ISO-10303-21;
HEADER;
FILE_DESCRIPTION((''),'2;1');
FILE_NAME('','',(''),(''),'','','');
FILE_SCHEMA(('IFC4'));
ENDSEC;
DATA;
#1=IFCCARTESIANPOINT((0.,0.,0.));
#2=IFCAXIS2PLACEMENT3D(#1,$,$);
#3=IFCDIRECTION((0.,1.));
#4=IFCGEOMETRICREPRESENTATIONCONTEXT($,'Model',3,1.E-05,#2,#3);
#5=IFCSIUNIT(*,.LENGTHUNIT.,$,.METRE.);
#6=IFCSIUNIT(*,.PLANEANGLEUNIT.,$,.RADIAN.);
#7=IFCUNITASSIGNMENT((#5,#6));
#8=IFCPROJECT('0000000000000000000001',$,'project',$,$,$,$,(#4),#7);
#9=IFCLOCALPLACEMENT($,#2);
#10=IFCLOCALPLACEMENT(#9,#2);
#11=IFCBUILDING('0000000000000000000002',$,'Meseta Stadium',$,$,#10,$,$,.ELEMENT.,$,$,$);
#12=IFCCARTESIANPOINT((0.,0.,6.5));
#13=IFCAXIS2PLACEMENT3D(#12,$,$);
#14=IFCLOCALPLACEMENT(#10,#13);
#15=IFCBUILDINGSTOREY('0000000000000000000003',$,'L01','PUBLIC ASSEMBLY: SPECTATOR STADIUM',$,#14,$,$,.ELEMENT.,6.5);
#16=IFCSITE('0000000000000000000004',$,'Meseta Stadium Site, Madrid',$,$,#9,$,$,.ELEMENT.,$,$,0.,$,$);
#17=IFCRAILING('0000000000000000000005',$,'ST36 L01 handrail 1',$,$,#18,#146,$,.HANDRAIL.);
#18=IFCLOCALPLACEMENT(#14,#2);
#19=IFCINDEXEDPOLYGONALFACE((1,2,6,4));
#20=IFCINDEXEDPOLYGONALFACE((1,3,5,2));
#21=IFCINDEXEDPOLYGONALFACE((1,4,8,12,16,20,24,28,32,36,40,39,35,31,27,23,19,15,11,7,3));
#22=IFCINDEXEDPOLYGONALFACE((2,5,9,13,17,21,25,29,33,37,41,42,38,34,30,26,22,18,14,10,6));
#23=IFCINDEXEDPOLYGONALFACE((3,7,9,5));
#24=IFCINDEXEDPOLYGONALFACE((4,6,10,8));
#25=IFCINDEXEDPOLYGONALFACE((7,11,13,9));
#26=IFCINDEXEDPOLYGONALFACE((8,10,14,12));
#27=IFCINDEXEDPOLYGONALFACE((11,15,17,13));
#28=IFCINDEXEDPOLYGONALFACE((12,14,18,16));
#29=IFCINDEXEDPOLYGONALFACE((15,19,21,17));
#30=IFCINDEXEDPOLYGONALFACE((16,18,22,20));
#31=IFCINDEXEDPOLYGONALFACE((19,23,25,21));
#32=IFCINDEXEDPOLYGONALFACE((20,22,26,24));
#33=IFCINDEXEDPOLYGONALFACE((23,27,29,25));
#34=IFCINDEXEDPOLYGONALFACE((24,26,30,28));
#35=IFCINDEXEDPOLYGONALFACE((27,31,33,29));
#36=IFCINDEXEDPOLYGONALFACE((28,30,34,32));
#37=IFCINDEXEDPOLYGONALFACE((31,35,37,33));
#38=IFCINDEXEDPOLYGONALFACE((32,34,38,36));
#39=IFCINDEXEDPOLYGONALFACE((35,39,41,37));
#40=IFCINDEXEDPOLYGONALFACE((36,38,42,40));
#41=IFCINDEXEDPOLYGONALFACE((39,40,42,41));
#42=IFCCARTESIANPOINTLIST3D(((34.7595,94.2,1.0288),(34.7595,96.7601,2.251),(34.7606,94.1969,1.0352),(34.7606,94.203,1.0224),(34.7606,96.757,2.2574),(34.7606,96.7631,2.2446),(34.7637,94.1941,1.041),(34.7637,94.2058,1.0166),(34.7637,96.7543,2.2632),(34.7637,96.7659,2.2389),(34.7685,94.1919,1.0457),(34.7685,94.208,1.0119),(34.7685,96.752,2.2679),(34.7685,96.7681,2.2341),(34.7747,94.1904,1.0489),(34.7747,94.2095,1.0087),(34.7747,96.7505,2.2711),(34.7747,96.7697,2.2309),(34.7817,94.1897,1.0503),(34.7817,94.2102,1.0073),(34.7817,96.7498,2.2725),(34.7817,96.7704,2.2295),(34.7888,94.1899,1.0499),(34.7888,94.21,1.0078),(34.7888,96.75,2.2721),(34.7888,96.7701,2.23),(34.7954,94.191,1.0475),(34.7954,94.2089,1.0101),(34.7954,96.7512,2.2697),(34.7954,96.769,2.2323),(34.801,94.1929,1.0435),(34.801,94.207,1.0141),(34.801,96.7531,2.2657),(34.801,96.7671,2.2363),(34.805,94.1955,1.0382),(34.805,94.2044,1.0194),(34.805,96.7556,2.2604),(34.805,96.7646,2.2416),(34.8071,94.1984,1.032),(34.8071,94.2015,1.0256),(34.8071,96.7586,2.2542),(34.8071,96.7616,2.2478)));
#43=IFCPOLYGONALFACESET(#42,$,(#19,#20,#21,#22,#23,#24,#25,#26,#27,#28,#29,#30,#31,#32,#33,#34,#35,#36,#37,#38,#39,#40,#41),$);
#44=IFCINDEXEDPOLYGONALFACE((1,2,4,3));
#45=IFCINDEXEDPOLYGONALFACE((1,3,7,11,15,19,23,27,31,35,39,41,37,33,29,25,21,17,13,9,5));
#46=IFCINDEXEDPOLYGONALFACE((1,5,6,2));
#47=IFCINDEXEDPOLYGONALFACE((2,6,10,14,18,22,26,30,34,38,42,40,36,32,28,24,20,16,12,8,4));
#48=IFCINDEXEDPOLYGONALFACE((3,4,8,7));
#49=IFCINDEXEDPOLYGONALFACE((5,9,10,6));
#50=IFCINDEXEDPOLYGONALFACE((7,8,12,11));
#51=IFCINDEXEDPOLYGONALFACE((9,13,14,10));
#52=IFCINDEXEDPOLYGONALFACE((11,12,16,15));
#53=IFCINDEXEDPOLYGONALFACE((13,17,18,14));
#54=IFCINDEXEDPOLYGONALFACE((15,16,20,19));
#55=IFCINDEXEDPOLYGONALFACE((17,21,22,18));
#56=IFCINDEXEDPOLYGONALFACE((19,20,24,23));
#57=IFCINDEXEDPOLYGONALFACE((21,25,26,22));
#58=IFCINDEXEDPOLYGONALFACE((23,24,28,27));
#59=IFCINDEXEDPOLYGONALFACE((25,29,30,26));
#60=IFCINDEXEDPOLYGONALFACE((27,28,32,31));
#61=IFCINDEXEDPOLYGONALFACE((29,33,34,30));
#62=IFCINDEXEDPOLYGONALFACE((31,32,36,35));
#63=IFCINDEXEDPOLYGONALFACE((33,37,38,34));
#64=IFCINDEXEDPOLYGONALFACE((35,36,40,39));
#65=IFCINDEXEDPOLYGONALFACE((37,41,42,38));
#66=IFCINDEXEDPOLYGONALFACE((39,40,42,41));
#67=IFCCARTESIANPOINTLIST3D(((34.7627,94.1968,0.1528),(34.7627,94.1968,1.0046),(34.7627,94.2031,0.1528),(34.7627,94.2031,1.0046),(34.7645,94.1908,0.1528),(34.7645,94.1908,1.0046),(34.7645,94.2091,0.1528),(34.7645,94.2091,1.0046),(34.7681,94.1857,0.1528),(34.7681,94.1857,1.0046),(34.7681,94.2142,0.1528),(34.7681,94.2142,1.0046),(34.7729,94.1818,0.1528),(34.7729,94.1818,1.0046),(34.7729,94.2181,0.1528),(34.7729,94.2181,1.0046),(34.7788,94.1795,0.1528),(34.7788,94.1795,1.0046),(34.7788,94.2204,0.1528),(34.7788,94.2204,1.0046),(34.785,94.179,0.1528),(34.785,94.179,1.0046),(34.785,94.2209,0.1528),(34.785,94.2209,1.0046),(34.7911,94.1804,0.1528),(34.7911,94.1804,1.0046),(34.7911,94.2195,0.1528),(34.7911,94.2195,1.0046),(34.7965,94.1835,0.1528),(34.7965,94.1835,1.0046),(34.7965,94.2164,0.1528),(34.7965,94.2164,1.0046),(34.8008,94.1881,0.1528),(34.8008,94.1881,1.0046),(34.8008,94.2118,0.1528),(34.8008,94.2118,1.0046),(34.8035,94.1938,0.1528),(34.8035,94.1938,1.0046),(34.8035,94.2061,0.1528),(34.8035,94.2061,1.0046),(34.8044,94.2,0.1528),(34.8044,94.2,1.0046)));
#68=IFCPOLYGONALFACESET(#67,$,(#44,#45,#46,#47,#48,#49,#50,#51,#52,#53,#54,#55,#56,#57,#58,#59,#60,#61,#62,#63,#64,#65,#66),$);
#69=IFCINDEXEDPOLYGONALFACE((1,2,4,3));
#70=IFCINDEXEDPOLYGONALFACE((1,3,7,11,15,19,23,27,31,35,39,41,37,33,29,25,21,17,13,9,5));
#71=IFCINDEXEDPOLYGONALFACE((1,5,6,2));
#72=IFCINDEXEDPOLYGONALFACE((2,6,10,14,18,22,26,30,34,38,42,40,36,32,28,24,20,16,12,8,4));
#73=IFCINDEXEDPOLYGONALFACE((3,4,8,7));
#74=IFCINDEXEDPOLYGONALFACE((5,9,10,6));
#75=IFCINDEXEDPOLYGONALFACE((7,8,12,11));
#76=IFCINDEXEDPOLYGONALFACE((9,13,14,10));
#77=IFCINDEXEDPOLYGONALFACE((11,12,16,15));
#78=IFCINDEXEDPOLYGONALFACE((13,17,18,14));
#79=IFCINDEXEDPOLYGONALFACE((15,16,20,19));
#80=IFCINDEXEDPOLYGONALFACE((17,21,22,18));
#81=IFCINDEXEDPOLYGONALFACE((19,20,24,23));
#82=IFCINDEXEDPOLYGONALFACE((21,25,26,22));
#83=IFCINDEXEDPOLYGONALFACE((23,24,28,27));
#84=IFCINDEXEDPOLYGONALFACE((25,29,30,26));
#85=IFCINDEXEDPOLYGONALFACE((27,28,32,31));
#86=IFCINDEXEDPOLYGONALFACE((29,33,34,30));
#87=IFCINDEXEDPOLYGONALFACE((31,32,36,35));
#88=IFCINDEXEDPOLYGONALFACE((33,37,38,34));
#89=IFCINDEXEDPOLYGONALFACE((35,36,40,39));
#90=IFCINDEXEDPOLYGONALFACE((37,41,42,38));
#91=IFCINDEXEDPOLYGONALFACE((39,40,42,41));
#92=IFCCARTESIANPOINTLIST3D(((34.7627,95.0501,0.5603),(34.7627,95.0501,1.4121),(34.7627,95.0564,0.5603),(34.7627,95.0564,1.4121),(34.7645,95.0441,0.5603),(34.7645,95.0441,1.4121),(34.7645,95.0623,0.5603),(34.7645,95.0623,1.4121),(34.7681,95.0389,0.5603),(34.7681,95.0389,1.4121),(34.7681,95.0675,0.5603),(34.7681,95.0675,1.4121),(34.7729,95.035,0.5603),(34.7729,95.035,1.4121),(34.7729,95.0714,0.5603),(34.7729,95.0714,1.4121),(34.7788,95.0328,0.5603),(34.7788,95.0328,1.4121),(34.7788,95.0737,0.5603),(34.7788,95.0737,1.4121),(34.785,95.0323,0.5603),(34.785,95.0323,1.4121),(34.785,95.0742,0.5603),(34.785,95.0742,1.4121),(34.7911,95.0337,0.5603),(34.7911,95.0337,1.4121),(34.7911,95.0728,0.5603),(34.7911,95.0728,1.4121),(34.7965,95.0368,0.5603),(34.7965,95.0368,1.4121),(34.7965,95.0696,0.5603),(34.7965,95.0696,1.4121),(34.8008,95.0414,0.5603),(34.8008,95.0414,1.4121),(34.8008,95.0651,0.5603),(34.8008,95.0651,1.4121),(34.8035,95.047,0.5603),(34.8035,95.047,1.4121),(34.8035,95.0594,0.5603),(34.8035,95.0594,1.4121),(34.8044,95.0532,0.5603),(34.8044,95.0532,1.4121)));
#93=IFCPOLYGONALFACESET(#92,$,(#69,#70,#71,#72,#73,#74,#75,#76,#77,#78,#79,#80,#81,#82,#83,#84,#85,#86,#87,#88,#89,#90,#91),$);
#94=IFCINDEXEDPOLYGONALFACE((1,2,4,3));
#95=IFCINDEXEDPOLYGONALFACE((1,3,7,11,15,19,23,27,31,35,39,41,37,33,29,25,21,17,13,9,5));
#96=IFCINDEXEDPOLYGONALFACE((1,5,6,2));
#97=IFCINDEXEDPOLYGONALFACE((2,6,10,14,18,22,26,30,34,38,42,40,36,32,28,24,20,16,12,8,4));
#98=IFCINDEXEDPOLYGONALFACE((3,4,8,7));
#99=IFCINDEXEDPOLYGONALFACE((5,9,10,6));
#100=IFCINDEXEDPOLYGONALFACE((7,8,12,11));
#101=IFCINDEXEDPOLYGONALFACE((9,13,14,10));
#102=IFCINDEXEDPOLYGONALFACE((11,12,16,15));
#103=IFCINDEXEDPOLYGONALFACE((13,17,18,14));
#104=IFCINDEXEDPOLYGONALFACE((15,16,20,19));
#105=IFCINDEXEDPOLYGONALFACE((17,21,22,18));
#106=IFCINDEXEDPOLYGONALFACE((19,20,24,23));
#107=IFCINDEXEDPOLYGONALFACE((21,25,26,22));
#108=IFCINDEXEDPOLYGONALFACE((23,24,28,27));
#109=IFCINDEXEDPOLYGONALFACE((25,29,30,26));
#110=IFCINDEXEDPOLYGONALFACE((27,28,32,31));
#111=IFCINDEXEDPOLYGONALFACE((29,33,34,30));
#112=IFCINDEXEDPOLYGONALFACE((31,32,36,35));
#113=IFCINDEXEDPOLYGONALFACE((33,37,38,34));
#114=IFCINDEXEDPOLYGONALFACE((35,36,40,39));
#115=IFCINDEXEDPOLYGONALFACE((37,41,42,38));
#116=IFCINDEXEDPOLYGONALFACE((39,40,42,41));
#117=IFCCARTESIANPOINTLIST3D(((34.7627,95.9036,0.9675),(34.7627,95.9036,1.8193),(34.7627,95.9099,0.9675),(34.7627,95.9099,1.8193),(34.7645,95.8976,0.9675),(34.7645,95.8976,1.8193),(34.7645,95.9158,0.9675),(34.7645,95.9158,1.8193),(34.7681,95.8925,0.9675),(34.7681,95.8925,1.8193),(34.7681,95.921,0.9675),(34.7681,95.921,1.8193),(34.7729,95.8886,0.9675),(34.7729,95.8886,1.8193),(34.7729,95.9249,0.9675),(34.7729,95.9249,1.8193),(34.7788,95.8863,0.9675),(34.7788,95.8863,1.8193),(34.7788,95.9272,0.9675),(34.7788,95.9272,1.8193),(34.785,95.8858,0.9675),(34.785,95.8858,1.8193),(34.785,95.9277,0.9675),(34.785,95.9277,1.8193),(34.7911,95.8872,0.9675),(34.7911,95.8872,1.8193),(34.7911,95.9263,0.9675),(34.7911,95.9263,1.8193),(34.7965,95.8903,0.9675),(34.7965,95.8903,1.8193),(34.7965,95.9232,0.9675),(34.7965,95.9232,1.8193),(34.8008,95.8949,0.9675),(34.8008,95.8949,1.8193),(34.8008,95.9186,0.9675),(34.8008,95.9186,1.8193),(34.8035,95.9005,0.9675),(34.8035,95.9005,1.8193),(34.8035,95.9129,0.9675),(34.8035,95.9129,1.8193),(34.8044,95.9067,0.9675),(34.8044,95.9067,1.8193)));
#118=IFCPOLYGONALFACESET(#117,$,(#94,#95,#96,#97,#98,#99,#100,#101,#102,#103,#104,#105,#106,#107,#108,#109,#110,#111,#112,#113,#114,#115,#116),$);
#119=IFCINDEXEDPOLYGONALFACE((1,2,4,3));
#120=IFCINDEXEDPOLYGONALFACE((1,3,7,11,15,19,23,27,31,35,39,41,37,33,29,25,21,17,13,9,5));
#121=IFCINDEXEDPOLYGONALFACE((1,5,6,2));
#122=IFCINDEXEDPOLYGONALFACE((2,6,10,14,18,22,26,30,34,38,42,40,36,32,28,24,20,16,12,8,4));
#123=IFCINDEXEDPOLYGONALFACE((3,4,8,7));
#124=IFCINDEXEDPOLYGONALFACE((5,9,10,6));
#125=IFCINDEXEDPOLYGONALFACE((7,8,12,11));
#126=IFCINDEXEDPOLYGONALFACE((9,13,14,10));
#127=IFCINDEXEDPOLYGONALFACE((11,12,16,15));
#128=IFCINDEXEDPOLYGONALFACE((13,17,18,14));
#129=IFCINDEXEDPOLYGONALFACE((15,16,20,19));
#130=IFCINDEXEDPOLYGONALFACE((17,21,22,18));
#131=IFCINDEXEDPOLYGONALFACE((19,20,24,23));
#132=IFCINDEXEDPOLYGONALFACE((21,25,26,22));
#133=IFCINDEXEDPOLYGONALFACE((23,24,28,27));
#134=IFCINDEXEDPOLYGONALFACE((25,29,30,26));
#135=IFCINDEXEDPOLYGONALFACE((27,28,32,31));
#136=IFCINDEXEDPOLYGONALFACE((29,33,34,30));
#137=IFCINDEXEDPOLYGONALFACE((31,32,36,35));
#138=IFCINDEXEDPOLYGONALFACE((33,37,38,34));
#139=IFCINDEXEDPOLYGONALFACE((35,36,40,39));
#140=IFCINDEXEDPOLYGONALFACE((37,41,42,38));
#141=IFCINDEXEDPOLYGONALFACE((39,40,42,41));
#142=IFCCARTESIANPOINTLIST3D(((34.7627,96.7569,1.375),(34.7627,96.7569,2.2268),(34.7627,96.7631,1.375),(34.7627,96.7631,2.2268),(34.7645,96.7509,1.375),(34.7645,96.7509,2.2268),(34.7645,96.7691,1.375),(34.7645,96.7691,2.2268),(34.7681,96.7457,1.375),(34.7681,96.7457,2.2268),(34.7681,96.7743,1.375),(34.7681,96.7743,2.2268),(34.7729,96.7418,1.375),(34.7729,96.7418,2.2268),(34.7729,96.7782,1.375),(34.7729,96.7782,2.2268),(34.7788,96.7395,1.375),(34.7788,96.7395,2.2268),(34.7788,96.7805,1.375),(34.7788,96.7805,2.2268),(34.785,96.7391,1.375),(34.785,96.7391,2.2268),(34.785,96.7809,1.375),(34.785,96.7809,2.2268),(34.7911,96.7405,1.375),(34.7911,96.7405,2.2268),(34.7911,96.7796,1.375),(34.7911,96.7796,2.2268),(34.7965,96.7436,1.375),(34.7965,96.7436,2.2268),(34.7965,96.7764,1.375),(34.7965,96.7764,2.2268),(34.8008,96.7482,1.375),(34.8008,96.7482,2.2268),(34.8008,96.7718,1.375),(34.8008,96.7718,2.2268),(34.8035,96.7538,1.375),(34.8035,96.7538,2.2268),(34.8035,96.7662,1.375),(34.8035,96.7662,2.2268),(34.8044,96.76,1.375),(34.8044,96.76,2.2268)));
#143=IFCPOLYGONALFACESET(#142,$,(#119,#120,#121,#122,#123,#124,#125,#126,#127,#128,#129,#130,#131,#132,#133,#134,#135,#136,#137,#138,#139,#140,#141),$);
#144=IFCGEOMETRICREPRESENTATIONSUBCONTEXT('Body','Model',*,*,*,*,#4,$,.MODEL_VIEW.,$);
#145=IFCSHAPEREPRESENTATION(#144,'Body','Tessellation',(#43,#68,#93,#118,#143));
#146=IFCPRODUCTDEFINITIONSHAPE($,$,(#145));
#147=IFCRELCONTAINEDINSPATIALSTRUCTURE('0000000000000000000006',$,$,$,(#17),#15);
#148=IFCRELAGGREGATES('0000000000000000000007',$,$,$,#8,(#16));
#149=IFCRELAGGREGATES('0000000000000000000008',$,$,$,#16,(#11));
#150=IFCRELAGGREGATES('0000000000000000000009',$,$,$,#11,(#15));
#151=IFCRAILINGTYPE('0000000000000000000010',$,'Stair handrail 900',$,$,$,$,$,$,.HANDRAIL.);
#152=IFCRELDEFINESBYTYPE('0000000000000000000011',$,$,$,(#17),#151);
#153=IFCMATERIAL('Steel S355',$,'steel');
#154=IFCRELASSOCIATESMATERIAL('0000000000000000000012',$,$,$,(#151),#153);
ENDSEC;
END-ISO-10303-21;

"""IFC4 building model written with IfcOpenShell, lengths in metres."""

from ifc_helpers import new_model, si_unit, direction, frame, origin, origin_2d, place, context, subcontext, project, spatial, circle, extrude, material, type_object, element, save


model = new_model("IFC4")

# Units and contexts
model_context = context("Model", 3, precision=1e-05, world=origin(), true_north=direction((0.0, 1.0)))
body_context = subcontext(model_context, "Body", "Model", "MODEL_VIEW")
ifc_project = project(units=[si_unit("LENGTHUNIT", "METRE"), si_unit("PLANEANGLEUNIT", "RADIAN")], contexts=[model_context])

# Site, building, storey
site_placement = place(None, origin())
site = spatial("IfcSite", under=ifc_project, at=site_placement, Name="Meseta Stadium Site, Madrid", CompositionType="ELEMENT", RefElevation=0.0)
building_placement = place(site_placement, origin())
building = spatial("IfcBuilding", under=site, at=building_placement, Name="Meseta Stadium", CompositionType="ELEMENT")
storey_placement = place(building_placement, frame((0.0, 0.0, 6.5)))
storey = spatial("IfcBuildingStorey", under=building, at=storey_placement, Name="L01", Description="PUBLIC ASSEMBLY: SPECTATOR STADIUM", CompositionType="ELEMENT", Elevation=6.5)

# Railing
ifc_material_1 = material(Name="Steel S355", Category="steel")
railing_type_1 = type_object("IfcRailingType", Name="Stair handrail 900", PredefinedType="HANDRAIL", material=ifc_material_1)
railing_1_placement = place(storey_placement, frame((34.7834, 94.2, 0.1528)))
element("IfcRailing", 1, at=railing_1_placement, inside=storey, type_object=railing_type_1, Name="ST36 L01 handrail 1", PredefinedType="HANDRAIL", context=body_context, shape_type="SweptSolid", body=[
    extrude(circle(Radius=0.0239, at=origin_2d()), frame((0.0, 0.0, 0.876), z_axis=(0.0, 0.902437, 0.430822), x_axis=(-1.0, 0.0, 0.0)), (0.0, 0.0, 1.0), 2.8369),
    extrude(circle(Radius=0.021, at=origin_2d()), origin(), (0.0, 0.0, 1.0), 0.8518),
    extrude(circle(Radius=0.021, at=origin_2d()), frame((0.0, 0.8533, 0.4075)), (0.0, 0.0, 1.0), 0.8518),
    extrude(circle(Radius=0.021, at=origin_2d()), frame((0.0, 1.7068, 0.8147)), (0.0, 0.0, 1.0), 0.8518),
    extrude(circle(Radius=0.021, at=origin_2d()), frame((0.0, 2.5601, 1.2222)), (0.0, 0.0, 1.0), 0.8518),
])

save(model, "model.ifc")
